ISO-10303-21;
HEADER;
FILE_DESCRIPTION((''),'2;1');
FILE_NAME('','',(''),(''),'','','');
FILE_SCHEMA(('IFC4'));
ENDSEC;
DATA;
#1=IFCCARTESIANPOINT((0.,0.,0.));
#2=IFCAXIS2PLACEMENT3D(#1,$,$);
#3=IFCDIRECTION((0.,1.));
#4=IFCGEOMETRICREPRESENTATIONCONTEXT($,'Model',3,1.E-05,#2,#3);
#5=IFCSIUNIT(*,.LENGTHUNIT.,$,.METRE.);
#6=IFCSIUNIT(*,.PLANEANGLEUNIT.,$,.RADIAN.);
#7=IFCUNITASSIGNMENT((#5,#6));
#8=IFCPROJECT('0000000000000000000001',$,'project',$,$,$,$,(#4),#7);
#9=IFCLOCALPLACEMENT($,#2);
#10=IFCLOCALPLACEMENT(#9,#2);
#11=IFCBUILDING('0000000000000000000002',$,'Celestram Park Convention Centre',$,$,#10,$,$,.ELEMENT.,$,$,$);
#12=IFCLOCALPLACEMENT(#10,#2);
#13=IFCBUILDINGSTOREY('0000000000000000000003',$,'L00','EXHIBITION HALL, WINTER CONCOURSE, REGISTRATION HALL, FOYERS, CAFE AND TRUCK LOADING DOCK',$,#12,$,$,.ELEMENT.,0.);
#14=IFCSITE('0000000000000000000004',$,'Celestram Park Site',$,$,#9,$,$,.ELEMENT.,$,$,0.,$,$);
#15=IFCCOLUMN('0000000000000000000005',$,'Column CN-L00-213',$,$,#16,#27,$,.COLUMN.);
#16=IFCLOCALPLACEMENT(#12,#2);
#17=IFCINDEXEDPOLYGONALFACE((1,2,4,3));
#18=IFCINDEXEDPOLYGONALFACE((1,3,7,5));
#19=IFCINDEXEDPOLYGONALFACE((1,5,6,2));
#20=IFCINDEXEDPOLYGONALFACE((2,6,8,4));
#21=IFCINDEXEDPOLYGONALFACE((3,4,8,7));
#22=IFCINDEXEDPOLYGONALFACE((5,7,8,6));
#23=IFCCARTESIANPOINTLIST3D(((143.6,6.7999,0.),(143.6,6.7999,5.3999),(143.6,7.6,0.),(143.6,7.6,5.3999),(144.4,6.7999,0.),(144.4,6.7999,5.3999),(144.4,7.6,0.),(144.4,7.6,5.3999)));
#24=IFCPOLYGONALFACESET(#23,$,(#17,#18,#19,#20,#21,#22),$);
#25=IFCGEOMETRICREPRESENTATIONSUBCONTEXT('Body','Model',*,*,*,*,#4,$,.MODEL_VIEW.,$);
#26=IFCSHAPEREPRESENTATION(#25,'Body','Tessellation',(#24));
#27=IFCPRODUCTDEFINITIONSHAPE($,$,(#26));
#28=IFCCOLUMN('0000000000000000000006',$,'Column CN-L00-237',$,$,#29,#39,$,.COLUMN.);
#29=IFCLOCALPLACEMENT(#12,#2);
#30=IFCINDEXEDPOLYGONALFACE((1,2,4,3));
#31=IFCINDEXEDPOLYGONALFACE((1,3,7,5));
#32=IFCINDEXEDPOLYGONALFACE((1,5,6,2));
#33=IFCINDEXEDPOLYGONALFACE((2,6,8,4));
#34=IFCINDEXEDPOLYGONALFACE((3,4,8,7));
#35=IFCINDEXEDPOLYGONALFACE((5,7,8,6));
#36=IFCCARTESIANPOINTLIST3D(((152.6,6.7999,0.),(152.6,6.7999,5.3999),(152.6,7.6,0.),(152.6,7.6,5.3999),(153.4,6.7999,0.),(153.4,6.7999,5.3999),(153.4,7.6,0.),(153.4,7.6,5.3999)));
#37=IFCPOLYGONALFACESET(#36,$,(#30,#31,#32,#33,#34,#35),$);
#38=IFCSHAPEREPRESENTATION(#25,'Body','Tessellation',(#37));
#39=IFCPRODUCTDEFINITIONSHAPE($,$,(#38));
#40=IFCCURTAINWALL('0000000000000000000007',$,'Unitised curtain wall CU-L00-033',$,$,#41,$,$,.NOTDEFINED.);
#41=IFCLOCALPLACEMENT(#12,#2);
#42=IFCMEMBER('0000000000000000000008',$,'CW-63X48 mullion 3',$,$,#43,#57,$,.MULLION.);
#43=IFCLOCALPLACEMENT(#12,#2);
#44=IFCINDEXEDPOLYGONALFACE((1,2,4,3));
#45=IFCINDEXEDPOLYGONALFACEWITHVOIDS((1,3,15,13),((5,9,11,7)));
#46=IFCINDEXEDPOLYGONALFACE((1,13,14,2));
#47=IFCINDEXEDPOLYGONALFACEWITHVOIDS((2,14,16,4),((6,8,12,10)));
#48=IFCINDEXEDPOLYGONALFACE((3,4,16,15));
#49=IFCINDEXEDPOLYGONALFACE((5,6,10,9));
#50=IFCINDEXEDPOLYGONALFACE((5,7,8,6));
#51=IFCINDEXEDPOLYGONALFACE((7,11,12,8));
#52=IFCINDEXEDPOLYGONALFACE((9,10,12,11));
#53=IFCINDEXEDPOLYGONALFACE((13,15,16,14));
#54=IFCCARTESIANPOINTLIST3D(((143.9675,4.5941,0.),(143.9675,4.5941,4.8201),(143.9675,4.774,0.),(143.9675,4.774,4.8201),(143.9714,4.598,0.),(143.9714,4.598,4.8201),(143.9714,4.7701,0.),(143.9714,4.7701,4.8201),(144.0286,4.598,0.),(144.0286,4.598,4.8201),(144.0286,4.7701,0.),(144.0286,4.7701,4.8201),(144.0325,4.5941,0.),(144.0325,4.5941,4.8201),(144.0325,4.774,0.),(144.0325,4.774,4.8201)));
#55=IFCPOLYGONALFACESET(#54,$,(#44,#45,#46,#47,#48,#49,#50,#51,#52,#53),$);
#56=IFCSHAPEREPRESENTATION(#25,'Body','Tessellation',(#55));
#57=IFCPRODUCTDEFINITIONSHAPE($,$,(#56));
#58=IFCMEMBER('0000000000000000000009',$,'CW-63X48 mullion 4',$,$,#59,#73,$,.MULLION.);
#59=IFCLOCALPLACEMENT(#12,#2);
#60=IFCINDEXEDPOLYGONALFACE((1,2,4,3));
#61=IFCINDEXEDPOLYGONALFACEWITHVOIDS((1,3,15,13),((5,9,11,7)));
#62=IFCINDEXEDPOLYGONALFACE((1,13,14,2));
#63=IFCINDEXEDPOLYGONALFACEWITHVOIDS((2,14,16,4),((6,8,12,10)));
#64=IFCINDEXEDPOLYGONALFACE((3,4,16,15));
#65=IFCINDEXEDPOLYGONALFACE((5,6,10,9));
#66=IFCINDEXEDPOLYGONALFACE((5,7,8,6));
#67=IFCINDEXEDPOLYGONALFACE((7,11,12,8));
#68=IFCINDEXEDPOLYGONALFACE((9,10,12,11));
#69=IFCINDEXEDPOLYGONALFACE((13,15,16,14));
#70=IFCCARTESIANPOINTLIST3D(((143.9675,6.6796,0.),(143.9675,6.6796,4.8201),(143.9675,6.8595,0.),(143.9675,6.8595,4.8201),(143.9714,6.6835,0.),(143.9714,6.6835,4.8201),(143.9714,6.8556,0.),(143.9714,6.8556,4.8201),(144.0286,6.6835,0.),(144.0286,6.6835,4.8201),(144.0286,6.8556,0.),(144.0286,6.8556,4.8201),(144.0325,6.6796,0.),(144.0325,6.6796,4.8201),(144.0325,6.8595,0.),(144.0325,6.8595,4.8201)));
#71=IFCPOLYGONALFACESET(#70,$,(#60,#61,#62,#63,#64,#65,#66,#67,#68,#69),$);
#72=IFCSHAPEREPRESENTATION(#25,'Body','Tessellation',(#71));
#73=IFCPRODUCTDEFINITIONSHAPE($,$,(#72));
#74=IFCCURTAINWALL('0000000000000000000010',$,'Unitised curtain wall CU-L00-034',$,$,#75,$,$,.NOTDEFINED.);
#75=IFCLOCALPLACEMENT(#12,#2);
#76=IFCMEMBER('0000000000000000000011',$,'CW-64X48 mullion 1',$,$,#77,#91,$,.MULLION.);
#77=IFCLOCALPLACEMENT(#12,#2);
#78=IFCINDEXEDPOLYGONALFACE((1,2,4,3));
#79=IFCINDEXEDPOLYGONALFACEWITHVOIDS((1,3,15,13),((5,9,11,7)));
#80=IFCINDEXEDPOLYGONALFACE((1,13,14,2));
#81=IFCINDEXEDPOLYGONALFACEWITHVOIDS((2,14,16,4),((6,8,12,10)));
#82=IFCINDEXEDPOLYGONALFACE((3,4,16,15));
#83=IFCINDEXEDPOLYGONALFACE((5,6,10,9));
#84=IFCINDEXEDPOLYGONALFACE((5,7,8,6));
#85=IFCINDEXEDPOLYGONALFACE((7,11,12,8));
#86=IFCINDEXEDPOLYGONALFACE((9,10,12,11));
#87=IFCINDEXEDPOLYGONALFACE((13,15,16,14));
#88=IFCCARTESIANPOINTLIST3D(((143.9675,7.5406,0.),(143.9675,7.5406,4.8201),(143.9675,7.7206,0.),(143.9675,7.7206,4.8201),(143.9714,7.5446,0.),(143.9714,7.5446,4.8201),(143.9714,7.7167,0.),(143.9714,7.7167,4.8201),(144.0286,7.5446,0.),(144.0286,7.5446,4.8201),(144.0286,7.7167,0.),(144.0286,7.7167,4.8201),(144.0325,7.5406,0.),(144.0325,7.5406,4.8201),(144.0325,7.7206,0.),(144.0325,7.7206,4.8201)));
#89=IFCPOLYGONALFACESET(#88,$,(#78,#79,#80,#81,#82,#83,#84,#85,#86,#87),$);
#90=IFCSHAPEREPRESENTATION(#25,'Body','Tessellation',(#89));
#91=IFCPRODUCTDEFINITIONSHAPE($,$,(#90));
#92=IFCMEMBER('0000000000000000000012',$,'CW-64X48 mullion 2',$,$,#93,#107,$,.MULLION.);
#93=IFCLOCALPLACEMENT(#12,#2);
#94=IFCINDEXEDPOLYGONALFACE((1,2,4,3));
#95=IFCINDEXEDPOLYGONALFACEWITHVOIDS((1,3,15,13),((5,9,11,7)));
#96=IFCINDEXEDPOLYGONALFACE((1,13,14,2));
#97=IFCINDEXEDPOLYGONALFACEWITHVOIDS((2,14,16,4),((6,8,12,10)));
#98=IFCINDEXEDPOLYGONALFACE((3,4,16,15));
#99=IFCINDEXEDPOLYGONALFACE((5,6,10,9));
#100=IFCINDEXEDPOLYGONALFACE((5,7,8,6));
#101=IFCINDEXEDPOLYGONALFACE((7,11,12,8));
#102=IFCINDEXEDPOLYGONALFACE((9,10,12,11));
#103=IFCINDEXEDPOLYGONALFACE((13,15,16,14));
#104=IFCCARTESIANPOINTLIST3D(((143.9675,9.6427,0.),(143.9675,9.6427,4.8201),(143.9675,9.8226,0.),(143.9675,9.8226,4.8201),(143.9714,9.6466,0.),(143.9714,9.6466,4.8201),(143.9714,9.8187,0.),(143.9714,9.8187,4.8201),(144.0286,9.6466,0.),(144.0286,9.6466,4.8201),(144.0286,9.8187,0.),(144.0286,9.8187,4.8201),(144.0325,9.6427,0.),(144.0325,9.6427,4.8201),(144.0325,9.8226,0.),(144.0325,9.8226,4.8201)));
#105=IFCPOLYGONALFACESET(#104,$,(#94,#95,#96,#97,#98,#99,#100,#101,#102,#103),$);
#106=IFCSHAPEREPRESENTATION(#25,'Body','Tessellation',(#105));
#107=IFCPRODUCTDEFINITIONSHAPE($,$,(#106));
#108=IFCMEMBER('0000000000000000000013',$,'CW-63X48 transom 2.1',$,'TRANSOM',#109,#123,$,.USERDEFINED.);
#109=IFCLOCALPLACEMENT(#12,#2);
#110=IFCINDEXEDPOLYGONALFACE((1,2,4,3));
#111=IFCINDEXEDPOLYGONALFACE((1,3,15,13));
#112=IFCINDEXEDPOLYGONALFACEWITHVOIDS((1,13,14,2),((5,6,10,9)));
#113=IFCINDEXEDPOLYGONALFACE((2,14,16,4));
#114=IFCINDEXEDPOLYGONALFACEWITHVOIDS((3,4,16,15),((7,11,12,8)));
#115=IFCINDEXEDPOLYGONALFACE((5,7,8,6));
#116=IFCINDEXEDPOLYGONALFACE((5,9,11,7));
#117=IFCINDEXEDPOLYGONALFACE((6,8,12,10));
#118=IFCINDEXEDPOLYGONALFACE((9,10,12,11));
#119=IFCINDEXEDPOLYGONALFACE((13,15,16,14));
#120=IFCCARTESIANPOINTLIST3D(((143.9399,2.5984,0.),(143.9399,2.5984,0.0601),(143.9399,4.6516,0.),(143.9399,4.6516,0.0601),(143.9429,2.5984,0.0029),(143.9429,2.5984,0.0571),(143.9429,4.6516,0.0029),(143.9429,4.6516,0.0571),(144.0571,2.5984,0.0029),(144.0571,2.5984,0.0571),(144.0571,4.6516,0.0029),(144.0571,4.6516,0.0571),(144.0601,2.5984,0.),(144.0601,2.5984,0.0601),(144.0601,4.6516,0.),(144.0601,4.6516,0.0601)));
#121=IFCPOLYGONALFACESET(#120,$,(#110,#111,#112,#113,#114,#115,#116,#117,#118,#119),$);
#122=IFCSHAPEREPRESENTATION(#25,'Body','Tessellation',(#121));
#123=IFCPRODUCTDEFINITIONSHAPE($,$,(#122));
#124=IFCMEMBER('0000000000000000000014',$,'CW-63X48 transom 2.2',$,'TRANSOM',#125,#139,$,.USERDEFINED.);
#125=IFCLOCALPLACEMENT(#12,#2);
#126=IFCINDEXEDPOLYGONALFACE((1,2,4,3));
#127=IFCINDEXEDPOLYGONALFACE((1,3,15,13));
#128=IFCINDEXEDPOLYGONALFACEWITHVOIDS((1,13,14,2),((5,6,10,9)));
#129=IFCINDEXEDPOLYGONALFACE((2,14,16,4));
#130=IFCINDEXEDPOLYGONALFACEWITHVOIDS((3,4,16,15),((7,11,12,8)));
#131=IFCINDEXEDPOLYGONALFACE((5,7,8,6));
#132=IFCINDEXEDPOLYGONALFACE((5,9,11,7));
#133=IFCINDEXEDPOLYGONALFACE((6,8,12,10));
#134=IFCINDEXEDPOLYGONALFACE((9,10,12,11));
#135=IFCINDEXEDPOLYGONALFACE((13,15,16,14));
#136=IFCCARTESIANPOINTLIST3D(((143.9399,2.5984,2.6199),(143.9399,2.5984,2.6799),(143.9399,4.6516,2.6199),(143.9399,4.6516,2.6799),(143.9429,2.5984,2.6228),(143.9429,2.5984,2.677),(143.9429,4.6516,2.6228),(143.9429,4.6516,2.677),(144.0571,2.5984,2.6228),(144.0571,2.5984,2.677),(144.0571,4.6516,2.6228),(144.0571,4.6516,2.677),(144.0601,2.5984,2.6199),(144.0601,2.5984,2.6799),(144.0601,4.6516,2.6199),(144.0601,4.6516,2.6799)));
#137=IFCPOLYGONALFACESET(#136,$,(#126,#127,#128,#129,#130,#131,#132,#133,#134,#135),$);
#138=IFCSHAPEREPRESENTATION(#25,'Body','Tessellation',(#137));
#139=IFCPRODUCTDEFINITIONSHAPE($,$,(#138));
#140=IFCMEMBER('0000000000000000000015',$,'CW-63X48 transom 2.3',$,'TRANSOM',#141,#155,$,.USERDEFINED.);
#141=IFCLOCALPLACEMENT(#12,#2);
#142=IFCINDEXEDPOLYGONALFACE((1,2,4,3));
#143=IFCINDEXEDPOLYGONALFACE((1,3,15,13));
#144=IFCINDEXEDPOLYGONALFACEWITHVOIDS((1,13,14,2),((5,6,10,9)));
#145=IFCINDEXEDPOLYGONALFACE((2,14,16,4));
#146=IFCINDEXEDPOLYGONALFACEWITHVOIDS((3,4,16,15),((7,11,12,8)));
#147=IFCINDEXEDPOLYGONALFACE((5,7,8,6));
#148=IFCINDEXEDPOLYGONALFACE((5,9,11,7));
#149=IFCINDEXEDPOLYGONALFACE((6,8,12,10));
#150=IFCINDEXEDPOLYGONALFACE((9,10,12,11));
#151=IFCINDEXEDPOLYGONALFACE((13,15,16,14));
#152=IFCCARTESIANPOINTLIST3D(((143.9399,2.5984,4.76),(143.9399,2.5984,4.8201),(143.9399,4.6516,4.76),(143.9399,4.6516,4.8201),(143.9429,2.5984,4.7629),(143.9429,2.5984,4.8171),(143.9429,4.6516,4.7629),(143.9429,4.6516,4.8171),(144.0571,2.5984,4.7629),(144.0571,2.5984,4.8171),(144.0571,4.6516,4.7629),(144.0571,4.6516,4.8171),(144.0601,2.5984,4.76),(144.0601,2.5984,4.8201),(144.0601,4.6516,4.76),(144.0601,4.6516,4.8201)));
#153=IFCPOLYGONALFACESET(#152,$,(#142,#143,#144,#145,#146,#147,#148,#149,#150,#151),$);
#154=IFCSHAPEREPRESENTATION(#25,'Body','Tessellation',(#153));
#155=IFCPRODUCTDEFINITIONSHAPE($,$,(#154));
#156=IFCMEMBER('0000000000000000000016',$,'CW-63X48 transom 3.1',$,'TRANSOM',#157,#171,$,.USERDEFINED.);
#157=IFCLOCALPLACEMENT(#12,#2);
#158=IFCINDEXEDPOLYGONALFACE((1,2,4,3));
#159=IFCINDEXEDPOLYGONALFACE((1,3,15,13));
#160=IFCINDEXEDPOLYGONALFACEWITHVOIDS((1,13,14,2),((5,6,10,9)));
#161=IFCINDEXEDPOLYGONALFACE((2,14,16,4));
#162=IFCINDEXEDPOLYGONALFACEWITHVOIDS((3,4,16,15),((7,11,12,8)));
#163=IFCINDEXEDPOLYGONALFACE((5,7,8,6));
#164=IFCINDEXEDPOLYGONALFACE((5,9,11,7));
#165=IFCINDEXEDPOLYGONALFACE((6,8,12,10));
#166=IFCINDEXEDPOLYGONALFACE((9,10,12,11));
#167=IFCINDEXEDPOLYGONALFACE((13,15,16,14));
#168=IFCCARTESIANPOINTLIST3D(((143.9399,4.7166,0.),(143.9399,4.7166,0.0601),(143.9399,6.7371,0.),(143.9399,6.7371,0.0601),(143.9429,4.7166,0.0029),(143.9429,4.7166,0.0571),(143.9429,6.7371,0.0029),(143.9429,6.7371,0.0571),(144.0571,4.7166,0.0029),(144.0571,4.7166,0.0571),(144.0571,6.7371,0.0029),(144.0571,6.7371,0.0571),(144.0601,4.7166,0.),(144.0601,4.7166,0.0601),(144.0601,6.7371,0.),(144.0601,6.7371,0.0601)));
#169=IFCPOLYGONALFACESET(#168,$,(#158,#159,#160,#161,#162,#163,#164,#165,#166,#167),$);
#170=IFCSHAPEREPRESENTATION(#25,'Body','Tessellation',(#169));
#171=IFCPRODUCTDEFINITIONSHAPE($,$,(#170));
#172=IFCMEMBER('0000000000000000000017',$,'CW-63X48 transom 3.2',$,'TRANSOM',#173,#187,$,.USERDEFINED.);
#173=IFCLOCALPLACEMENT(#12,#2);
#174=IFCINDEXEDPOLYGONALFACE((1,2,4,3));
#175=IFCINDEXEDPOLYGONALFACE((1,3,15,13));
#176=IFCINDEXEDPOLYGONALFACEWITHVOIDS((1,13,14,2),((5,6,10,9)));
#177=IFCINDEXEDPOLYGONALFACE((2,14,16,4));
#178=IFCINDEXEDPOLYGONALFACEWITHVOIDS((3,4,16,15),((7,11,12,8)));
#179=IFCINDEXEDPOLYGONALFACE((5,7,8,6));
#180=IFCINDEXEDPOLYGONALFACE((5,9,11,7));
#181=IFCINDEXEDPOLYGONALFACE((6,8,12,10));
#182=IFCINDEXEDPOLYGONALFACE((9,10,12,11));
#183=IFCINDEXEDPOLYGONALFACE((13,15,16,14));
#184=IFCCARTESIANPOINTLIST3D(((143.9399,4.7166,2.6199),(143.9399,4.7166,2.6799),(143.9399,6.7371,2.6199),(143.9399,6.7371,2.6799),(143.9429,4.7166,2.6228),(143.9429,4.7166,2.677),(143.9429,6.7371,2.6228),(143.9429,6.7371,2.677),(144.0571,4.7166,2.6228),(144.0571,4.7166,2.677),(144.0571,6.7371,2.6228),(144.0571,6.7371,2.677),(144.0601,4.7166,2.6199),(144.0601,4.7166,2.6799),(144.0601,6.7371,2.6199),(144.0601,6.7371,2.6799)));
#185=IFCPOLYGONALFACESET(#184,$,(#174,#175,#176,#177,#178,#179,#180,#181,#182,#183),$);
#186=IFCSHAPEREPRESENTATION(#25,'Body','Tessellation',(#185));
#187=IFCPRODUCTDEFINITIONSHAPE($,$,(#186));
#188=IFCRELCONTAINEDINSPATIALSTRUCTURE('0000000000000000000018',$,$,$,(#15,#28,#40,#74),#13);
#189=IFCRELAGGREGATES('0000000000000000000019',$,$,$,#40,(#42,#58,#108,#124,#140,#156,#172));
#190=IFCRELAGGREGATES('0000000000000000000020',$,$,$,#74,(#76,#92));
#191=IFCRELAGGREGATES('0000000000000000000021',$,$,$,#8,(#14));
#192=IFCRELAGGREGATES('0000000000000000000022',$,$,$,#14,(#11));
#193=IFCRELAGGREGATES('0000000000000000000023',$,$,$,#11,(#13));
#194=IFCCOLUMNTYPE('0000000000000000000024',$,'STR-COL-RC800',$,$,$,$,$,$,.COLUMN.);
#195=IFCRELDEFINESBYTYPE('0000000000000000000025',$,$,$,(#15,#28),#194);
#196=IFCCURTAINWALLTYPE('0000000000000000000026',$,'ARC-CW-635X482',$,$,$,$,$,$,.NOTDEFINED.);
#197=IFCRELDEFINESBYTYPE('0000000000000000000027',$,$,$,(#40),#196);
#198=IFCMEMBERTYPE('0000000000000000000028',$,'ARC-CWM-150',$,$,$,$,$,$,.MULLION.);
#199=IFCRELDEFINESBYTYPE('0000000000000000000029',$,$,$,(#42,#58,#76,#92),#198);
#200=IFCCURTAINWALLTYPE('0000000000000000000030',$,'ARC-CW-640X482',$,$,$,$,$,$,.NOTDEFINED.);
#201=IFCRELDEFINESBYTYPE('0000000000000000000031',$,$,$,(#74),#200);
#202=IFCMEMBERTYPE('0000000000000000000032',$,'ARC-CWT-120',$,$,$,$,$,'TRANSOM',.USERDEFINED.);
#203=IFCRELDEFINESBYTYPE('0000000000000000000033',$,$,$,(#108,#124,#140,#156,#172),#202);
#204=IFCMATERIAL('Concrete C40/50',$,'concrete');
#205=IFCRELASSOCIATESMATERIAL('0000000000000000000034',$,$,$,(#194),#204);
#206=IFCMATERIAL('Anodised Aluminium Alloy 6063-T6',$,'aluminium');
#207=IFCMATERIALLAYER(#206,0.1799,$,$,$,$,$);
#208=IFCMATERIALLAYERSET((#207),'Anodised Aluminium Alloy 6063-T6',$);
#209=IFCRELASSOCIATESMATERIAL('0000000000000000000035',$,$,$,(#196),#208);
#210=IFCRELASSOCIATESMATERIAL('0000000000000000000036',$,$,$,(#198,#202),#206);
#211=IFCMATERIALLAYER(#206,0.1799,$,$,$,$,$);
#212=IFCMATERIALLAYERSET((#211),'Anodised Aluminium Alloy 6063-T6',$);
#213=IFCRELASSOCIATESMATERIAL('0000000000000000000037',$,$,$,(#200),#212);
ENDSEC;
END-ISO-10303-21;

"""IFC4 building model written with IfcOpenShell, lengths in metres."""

from ifc_helpers import new_model, si_unit, direction, frame, origin, origin_2d, place, context, subcontext, project, spatial, rectangle, hollow_rectangle, extrude, material, layer, layer_set, material_profile, profile_set, type_object, element, aggregate, save


model = new_model("IFC4")

# Units and contexts
model_context = context("Model", 3, precision=1e-05, world=origin(), true_north=direction((0.0, 1.0)))
body_context = subcontext(model_context, "Body", "Model", "MODEL_VIEW")
ifc_project = project(units=[si_unit("LENGTHUNIT", "METRE"), si_unit("PLANEANGLEUNIT", "RADIAN")], contexts=[model_context])

# Site, building, storey
site_placement = place(None, origin())
site = spatial("IfcSite", under=ifc_project, at=site_placement, Name="Celestram Park Site", CompositionType="ELEMENT", RefElevation=0.0)
building_placement = place(site_placement, origin())
building = spatial("IfcBuilding", under=site, at=building_placement, Name="Celestram Park Convention Centre", CompositionType="ELEMENT")
storey_placement = place(building_placement, origin())
storey = spatial("IfcBuildingStorey", under=building, at=storey_placement, Name="L00", Description="EXHIBITION HALL, WINTER CONCOURSE, REGISTRATION HALL, FOYERS, CAFE AND TRUCK LOADING DOCK", CompositionType="ELEMENT", Elevation=0.0)

# Columns
ifc_material_1 = material(Name="Concrete C40/50", Category="concrete")
ifc_material_profile_1 = material_profile(ifc_material_1, rectangle(XDim=0.8, YDim=0.8, at=origin_2d()), Name="RC800X800")
ifc_profile_set_1 = profile_set([ifc_material_profile_1], Name="Concrete C40/50")
column_type = type_object("IfcColumnType", Name="STR-COL-RC800", PredefinedType="COLUMN", material=ifc_profile_set_1)
for number, where, z_axis, x_axis, name in (
    (1, (144.0, 7.2, 0.0), (0.0, 0.0, 1.0), (1.0, 0.0, 0.0), "Column CN-L00-213"),
    (2, (153.0, 7.2, 0.0), (0.0, 0.0, 1.0), (1.0, 0.0, 0.0), "Column CN-L00-237"),
):
    element("IfcColumn", number, at=place(storey_placement, frame(where, z_axis=z_axis, x_axis=x_axis)), inside=storey, type_object=column_type, Name=name, PredefinedType="COLUMN", context=body_context, shape_type="SweptSolid", body=[
        extrude(rectangle(XDim=0.8, YDim=0.8, at=origin_2d()), origin(), (0.0, 0.0, 1.0), 5.3999),
    ])

# Curtain walls, members
ifc_material_2 = material(Name="Anodised Aluminium Alloy 6063-T6", Category="aluminium")
ifc_layer_1 = layer(ifc_material_2, 0.1799)
ifc_layer_set_1 = layer_set([ifc_layer_1], Name="Anodised Aluminium Alloy 6063-T6")
curtain_wall_type_1 = type_object("IfcCurtainWallType", Name="ARC-CW-635X482", PredefinedType="NOTDEFINED", material=ifc_layer_set_1)
curtain_wall_1_placement = place(storey_placement, origin())
curtain_wall_1 = element("IfcCurtainWall", 3, at=curtain_wall_1_placement, inside=storey, type_object=curtain_wall_type_1, Name="Unitised curtain wall CU-L00-033", PredefinedType="NOTDEFINED")
ifc_material_profile_2 = material_profile(ifc_material_2, hollow_rectangle(XDim=0.0649, YDim=0.1799, WallThickness=0.0039, at=origin_2d()), Name="ALU65X180X4")
ifc_profile_set_2 = profile_set([ifc_material_profile_2], Name="Anodised Aluminium Alloy 6063-T6")
member_type_1 = type_object("IfcMemberType", Name="ARC-CWM-150", PredefinedType="MULLION", material=ifc_profile_set_2)
member_1_placement = place(storey_placement, frame((144.0, 4.6841, 0.0), z_axis=(0.0, 0.0, 1.0), x_axis=(-1.0, 0.0, 0.0)))
member_1 = element("IfcMember", 4, at=member_1_placement, type_object=member_type_1, Name="CW-63X48 mullion 3", PredefinedType="MULLION", context=body_context, shape_type="SweptSolid", body=[
    extrude(hollow_rectangle(XDim=0.0649, YDim=0.1799, WallThickness=0.0039, at=origin_2d()), origin(), (0.0, 0.0, 1.0), 4.8201),
])
member_2_placement = place(storey_placement, frame((144.0, 6.7695, 0.0), z_axis=(0.0, 0.0, 1.0), x_axis=(-1.0, 0.0, 0.0)))
member_2 = element("IfcMember", 5, at=member_2_placement, type_object=member_type_1, Name="CW-63X48 mullion 4", PredefinedType="MULLION", context=body_context, shape_type="SweptSolid", body=[
    extrude(hollow_rectangle(XDim=0.0649, YDim=0.1799, WallThickness=0.0039, at=origin_2d()), origin(), (0.0, 0.0, 1.0), 4.8201),
])
ifc_layer_2 = layer(ifc_material_2, 0.1799)
ifc_layer_set_2 = layer_set([ifc_layer_2], Name="Anodised Aluminium Alloy 6063-T6")
curtain_wall_type_2 = type_object("IfcCurtainWallType", Name="ARC-CW-640X482", PredefinedType="NOTDEFINED", material=ifc_layer_set_2)
curtain_wall_2_placement = place(storey_placement, origin())
curtain_wall_2 = element("IfcCurtainWall", 6, at=curtain_wall_2_placement, inside=storey, type_object=curtain_wall_type_2, Name="Unitised curtain wall CU-L00-034", PredefinedType="NOTDEFINED")
member_3_placement = place(storey_placement, frame((144.0, 7.6306, 0.0), z_axis=(0.0, 0.0, 1.0), x_axis=(-1.0, 0.0, 0.0)))
member_3 = element("IfcMember", 7, at=member_3_placement, type_object=member_type_1, Name="CW-64X48 mullion 1", PredefinedType="MULLION", context=body_context, shape_type="SweptSolid", body=[
    extrude(hollow_rectangle(XDim=0.0649, YDim=0.1799, WallThickness=0.0039, at=origin_2d()), origin(), (0.0, 0.0, 1.0), 4.8201),
])
member_4_placement = place(storey_placement, frame((144.0, 9.7327, 0.0), z_axis=(0.0, 0.0, 1.0), x_axis=(-1.0, 0.0, 0.0)))
member_4 = element("IfcMember", 8, at=member_4_placement, type_object=member_type_1, Name="CW-64X48 mullion 2", PredefinedType="MULLION", context=body_context, shape_type="SweptSolid", body=[
    extrude(hollow_rectangle(XDim=0.0649, YDim=0.1799, WallThickness=0.0039, at=origin_2d()), origin(), (0.0, 0.0, 1.0), 4.8201),
])

# Members
ifc_material_profile_3 = material_profile(ifc_material_2, hollow_rectangle(XDim=0.1201, YDim=0.0601, WallThickness=0.0029, at=origin_2d()), Name="ALU120X60X3")
ifc_profile_set_3 = profile_set([ifc_material_profile_3], Name="Anodised Aluminium Alloy 6063-T6")
member_type_2 = type_object("IfcMemberType", Name="ARC-CWT-120", ElementType="TRANSOM", PredefinedType="USERDEFINED", material=ifc_profile_set_3)
member_5_placement = place(storey_placement, frame((144.0, 2.5984, 0.03), z_axis=(0.0, 1.0, 0.0), x_axis=(-1.0, 0.0, 0.0)))
member_5 = element("IfcMember", 9, at=member_5_placement, type_object=member_type_2, Name="CW-63X48 transom 2.1", ObjectType="TRANSOM", PredefinedType="USERDEFINED", context=body_context, shape_type="SweptSolid", body=[
    extrude(hollow_rectangle(XDim=0.1201, YDim=0.0601, WallThickness=0.0029, at=origin_2d()), origin(), (0.0, 0.0, 1.0), 2.0532),
])
member_6_placement = place(storey_placement, frame((144.0, 2.5984, 2.6499), z_axis=(0.0, 1.0, 0.0), x_axis=(-1.0, 0.0, 0.0)))
member_6 = element("IfcMember", 10, at=member_6_placement, type_object=member_type_2, Name="CW-63X48 transom 2.2", ObjectType="TRANSOM", PredefinedType="USERDEFINED", context=body_context, shape_type="SweptSolid", body=[
    extrude(hollow_rectangle(XDim=0.1201, YDim=0.0601, WallThickness=0.0029, at=origin_2d()), origin(), (0.0, 0.0, 1.0), 2.0532),
])
member_7_placement = place(storey_placement, frame((144.0, 2.5984, 4.79), z_axis=(0.0, 1.0, 0.0), x_axis=(-1.0, 0.0, 0.0)))
member_7 = element("IfcMember", 11, at=member_7_placement, type_object=member_type_2, Name="CW-63X48 transom 2.3", ObjectType="TRANSOM", PredefinedType="USERDEFINED", context=body_context, shape_type="SweptSolid", body=[
    extrude(hollow_rectangle(XDim=0.1201, YDim=0.0601, WallThickness=0.0029, at=origin_2d()), origin(), (0.0, 0.0, 1.0), 2.0532),
])
member_8_placement = place(storey_placement, frame((144.0, 4.7166, 0.03), z_axis=(0.0, 1.0, 0.0), x_axis=(-1.0, 0.0, 0.0)))
member_8 = element("IfcMember", 12, at=member_8_placement, type_object=member_type_2, Name="CW-63X48 transom 3.1", ObjectType="TRANSOM", PredefinedType="USERDEFINED", context=body_context, shape_type="SweptSolid", body=[
    extrude(hollow_rectangle(XDim=0.1201, YDim=0.0601, WallThickness=0.0029, at=origin_2d()), origin(), (0.0, 0.0, 1.0), 2.0205),
])
member_9_placement = place(storey_placement, frame((144.0, 4.7166, 2.6499), z_axis=(0.0, 1.0, 0.0), x_axis=(-1.0, 0.0, 0.0)))
member_9 = element("IfcMember", 13, at=member_9_placement, type_object=member_type_2, Name="CW-63X48 transom 3.2", ObjectType="TRANSOM", PredefinedType="USERDEFINED", context=body_context, shape_type="SweptSolid", body=[
    extrude(hollow_rectangle(XDim=0.1201, YDim=0.0601, WallThickness=0.0029, at=origin_2d()), origin(), (0.0, 0.0, 1.0), 2.0205),
])

aggregate(curtain_wall_1, [member_1, member_2, member_5, member_6, member_7, member_8, member_9])
aggregate(curtain_wall_2, [member_3, member_4])

save(model, "model.ifc")
